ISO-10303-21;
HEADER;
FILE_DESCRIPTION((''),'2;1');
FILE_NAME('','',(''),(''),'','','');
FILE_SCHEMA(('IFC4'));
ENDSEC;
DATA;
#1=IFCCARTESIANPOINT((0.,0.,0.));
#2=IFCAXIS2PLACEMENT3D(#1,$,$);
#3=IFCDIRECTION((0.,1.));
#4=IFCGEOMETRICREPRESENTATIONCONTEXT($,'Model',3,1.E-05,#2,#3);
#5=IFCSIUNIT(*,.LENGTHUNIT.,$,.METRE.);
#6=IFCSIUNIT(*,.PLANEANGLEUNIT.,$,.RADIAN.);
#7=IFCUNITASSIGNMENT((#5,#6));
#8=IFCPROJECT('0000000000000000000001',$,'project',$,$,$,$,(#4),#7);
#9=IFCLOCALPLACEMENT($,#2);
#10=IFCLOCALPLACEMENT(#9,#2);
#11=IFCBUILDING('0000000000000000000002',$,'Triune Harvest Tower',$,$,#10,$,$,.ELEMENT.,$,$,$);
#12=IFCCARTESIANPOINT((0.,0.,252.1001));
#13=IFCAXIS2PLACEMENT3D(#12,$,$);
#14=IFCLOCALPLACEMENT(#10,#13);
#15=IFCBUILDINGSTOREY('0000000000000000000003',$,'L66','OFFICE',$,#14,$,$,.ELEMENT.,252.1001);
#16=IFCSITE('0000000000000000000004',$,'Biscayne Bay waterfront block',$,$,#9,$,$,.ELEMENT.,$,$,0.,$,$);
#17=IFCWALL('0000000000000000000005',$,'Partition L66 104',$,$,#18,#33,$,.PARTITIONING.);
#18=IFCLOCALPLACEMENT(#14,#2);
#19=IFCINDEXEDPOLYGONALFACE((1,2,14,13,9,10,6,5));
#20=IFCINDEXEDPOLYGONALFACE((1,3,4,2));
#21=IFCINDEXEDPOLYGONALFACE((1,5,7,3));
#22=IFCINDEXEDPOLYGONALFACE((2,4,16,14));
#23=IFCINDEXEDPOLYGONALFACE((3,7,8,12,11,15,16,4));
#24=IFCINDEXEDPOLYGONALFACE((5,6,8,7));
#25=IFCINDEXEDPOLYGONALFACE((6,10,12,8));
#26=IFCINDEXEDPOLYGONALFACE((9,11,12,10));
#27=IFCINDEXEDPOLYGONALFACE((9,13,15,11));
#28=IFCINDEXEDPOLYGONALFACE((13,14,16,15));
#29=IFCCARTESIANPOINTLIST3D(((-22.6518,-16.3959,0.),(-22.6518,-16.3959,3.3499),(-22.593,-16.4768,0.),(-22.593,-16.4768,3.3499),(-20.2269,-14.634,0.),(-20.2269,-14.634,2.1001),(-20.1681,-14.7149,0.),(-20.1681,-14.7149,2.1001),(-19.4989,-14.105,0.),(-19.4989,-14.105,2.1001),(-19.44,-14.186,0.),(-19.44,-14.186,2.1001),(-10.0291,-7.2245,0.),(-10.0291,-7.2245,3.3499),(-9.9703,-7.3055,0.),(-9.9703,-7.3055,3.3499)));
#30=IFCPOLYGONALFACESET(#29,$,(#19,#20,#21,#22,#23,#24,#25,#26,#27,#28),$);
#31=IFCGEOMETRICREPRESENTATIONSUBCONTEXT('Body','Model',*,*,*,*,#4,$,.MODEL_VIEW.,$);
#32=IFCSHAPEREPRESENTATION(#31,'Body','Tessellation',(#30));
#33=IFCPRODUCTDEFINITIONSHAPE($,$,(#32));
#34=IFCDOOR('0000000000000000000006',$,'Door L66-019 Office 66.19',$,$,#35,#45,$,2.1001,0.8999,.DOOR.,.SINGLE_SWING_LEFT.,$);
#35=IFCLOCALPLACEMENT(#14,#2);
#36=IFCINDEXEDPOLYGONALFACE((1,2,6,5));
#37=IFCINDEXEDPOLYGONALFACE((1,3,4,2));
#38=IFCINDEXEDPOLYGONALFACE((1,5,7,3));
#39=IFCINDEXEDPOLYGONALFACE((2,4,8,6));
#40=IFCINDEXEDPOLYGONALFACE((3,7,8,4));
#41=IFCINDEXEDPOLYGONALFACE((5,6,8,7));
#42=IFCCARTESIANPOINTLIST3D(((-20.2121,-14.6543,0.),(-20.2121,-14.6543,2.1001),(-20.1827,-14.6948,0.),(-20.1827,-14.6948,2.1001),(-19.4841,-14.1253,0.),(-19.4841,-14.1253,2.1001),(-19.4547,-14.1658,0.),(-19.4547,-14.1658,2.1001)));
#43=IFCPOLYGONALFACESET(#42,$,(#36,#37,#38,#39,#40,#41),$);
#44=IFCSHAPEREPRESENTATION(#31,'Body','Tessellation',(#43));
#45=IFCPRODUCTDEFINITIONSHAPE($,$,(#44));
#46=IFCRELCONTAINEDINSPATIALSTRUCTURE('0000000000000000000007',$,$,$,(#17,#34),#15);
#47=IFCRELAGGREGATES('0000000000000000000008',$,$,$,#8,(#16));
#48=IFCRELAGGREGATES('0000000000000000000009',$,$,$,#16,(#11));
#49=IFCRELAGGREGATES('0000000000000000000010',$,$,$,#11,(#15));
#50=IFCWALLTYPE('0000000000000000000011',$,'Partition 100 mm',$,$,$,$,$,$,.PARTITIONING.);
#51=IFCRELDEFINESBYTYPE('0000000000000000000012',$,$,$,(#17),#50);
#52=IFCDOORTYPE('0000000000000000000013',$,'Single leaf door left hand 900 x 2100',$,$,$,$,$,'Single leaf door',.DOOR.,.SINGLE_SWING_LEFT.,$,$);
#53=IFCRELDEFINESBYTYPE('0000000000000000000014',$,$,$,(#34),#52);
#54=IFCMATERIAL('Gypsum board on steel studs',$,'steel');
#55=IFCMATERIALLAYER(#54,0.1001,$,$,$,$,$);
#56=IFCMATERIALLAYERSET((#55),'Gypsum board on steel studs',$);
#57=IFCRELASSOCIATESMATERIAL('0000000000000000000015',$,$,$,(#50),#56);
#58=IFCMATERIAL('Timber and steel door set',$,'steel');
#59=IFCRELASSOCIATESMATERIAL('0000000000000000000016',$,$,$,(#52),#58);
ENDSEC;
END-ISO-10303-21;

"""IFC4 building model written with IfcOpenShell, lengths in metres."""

from ifc_helpers import new_model, si_unit, direction, frame, frame_2d, origin, place, context, subcontext, project, spatial, rectangle, extrude, source, transform, mapped, material, layer, layer_set, type_object, element, fill, save


model = new_model("IFC4")

# Units and contexts
model_context = context("Model", 3, precision=1e-05, world=origin(), true_north=direction((0.0, 1.0)))
body_context = subcontext(model_context, "Body", "Model", "MODEL_VIEW")
ifc_project = project(units=[si_unit("LENGTHUNIT", "METRE"), si_unit("PLANEANGLEUNIT", "RADIAN")], contexts=[model_context])

# Site, building, storey
site_placement = place(None, origin())
site = spatial("IfcSite", under=ifc_project, at=site_placement, Name="Biscayne Bay waterfront block", CompositionType="ELEMENT", RefElevation=0.0)
building_placement = place(site_placement, origin())
building = spatial("IfcBuilding", under=site, at=building_placement, Name="Triune Harvest Tower", CompositionType="ELEMENT")
storey_placement = place(building_placement, frame((0.0, 0.0, 252.1001)))
storey = spatial("IfcBuildingStorey", under=building, at=storey_placement, Name="L66", Description="OFFICE", CompositionType="ELEMENT", Elevation=252.1001)

# Shared definitions
ifc_material_1 = material(Name="Gypsum board on steel studs", Category="steel")
ifc_layer_1 = layer(ifc_material_1, 0.1001)
ifc_layer_set_1 = layer_set([ifc_layer_1], Name="Gypsum board on steel studs")
wall_type_1 = type_object("IfcWallType", Name="Partition 100 mm", PredefinedType="PARTITIONING", material=ifc_layer_set_1)

# Wall, opening, door
shared_shape_1 = source(origin(), body_context, "Body", "SweptSolid", [
    extrude(rectangle(XDim=15.6028, YDim=0.1001, at=frame_2d((7.8013, 0.0))), origin(), (0.0, 0.0, 1.0), 3.3499),
])
wall_1_placement = place(storey_placement, frame((-22.6223, -16.4363, 0.0), z_axis=(0.0, 0.0, 1.0), x_axis=(0.809005, 0.587801, 0.0)))
wall_1 = element("IfcWall", 1, at=wall_1_placement, inside=storey, type_object=wall_type_1, Name="Partition L66 104", PredefinedType="PARTITIONING", context=body_context, shape_type="MappedRepresentation", body=[
    mapped(shared_shape_1, transform((0.0, 0.0, 0.0), scale=1.0)),
])
opening_1_placement = place(wall_1_placement, frame((2.9973, 0.0, 0.0)))
opening_1 = element("IfcOpeningElement", 2, at=opening_1_placement, cuts=wall_1, PredefinedType="OPENING", context=body_context, shape_type="SweptSolid", body=[
    extrude(rectangle(XDim=0.8999, YDim=2.1001, at=frame_2d((0.45, 1.05))), frame((0.0, 0.0601, 0.0), z_axis=(0.0, -1.0, 0.0), x_axis=(1.0, 0.0, 0.0)), (0.0, 0.0, 1.0), 0.1201),
])
ifc_material_2 = material(Name="Timber and steel door set", Category="steel")
door_type_1 = type_object("IfcDoorType", Name="Single leaf door left hand 900 x 2100", ElementType="Single leaf door", OperationType="SINGLE_SWING_LEFT", PredefinedType="DOOR", material=ifc_material_2)
door_1_placement = place(opening_1_placement, origin())
door_1 = element("IfcDoor", 3, at=door_1_placement, inside=storey, type_object=door_type_1, Name="Door L66-019 Office 66.19", OperationType="SINGLE_SWING_LEFT", OverallHeight=2.1001, OverallWidth=0.8999, PredefinedType="DOOR", context=body_context, shape_type="SweptSolid", body=[
    extrude(rectangle(XDim=0.8999, YDim=2.1001, at=frame_2d((0.45, 1.05))), frame((0.0, 0.0249, 0.0), z_axis=(0.0, -1.0, 0.0), x_axis=(1.0, 0.0, 0.0)), (0.0, 0.0, 1.0), 0.05),
])
fill(opening_1, door_1)

save(model, "model.ifc")
